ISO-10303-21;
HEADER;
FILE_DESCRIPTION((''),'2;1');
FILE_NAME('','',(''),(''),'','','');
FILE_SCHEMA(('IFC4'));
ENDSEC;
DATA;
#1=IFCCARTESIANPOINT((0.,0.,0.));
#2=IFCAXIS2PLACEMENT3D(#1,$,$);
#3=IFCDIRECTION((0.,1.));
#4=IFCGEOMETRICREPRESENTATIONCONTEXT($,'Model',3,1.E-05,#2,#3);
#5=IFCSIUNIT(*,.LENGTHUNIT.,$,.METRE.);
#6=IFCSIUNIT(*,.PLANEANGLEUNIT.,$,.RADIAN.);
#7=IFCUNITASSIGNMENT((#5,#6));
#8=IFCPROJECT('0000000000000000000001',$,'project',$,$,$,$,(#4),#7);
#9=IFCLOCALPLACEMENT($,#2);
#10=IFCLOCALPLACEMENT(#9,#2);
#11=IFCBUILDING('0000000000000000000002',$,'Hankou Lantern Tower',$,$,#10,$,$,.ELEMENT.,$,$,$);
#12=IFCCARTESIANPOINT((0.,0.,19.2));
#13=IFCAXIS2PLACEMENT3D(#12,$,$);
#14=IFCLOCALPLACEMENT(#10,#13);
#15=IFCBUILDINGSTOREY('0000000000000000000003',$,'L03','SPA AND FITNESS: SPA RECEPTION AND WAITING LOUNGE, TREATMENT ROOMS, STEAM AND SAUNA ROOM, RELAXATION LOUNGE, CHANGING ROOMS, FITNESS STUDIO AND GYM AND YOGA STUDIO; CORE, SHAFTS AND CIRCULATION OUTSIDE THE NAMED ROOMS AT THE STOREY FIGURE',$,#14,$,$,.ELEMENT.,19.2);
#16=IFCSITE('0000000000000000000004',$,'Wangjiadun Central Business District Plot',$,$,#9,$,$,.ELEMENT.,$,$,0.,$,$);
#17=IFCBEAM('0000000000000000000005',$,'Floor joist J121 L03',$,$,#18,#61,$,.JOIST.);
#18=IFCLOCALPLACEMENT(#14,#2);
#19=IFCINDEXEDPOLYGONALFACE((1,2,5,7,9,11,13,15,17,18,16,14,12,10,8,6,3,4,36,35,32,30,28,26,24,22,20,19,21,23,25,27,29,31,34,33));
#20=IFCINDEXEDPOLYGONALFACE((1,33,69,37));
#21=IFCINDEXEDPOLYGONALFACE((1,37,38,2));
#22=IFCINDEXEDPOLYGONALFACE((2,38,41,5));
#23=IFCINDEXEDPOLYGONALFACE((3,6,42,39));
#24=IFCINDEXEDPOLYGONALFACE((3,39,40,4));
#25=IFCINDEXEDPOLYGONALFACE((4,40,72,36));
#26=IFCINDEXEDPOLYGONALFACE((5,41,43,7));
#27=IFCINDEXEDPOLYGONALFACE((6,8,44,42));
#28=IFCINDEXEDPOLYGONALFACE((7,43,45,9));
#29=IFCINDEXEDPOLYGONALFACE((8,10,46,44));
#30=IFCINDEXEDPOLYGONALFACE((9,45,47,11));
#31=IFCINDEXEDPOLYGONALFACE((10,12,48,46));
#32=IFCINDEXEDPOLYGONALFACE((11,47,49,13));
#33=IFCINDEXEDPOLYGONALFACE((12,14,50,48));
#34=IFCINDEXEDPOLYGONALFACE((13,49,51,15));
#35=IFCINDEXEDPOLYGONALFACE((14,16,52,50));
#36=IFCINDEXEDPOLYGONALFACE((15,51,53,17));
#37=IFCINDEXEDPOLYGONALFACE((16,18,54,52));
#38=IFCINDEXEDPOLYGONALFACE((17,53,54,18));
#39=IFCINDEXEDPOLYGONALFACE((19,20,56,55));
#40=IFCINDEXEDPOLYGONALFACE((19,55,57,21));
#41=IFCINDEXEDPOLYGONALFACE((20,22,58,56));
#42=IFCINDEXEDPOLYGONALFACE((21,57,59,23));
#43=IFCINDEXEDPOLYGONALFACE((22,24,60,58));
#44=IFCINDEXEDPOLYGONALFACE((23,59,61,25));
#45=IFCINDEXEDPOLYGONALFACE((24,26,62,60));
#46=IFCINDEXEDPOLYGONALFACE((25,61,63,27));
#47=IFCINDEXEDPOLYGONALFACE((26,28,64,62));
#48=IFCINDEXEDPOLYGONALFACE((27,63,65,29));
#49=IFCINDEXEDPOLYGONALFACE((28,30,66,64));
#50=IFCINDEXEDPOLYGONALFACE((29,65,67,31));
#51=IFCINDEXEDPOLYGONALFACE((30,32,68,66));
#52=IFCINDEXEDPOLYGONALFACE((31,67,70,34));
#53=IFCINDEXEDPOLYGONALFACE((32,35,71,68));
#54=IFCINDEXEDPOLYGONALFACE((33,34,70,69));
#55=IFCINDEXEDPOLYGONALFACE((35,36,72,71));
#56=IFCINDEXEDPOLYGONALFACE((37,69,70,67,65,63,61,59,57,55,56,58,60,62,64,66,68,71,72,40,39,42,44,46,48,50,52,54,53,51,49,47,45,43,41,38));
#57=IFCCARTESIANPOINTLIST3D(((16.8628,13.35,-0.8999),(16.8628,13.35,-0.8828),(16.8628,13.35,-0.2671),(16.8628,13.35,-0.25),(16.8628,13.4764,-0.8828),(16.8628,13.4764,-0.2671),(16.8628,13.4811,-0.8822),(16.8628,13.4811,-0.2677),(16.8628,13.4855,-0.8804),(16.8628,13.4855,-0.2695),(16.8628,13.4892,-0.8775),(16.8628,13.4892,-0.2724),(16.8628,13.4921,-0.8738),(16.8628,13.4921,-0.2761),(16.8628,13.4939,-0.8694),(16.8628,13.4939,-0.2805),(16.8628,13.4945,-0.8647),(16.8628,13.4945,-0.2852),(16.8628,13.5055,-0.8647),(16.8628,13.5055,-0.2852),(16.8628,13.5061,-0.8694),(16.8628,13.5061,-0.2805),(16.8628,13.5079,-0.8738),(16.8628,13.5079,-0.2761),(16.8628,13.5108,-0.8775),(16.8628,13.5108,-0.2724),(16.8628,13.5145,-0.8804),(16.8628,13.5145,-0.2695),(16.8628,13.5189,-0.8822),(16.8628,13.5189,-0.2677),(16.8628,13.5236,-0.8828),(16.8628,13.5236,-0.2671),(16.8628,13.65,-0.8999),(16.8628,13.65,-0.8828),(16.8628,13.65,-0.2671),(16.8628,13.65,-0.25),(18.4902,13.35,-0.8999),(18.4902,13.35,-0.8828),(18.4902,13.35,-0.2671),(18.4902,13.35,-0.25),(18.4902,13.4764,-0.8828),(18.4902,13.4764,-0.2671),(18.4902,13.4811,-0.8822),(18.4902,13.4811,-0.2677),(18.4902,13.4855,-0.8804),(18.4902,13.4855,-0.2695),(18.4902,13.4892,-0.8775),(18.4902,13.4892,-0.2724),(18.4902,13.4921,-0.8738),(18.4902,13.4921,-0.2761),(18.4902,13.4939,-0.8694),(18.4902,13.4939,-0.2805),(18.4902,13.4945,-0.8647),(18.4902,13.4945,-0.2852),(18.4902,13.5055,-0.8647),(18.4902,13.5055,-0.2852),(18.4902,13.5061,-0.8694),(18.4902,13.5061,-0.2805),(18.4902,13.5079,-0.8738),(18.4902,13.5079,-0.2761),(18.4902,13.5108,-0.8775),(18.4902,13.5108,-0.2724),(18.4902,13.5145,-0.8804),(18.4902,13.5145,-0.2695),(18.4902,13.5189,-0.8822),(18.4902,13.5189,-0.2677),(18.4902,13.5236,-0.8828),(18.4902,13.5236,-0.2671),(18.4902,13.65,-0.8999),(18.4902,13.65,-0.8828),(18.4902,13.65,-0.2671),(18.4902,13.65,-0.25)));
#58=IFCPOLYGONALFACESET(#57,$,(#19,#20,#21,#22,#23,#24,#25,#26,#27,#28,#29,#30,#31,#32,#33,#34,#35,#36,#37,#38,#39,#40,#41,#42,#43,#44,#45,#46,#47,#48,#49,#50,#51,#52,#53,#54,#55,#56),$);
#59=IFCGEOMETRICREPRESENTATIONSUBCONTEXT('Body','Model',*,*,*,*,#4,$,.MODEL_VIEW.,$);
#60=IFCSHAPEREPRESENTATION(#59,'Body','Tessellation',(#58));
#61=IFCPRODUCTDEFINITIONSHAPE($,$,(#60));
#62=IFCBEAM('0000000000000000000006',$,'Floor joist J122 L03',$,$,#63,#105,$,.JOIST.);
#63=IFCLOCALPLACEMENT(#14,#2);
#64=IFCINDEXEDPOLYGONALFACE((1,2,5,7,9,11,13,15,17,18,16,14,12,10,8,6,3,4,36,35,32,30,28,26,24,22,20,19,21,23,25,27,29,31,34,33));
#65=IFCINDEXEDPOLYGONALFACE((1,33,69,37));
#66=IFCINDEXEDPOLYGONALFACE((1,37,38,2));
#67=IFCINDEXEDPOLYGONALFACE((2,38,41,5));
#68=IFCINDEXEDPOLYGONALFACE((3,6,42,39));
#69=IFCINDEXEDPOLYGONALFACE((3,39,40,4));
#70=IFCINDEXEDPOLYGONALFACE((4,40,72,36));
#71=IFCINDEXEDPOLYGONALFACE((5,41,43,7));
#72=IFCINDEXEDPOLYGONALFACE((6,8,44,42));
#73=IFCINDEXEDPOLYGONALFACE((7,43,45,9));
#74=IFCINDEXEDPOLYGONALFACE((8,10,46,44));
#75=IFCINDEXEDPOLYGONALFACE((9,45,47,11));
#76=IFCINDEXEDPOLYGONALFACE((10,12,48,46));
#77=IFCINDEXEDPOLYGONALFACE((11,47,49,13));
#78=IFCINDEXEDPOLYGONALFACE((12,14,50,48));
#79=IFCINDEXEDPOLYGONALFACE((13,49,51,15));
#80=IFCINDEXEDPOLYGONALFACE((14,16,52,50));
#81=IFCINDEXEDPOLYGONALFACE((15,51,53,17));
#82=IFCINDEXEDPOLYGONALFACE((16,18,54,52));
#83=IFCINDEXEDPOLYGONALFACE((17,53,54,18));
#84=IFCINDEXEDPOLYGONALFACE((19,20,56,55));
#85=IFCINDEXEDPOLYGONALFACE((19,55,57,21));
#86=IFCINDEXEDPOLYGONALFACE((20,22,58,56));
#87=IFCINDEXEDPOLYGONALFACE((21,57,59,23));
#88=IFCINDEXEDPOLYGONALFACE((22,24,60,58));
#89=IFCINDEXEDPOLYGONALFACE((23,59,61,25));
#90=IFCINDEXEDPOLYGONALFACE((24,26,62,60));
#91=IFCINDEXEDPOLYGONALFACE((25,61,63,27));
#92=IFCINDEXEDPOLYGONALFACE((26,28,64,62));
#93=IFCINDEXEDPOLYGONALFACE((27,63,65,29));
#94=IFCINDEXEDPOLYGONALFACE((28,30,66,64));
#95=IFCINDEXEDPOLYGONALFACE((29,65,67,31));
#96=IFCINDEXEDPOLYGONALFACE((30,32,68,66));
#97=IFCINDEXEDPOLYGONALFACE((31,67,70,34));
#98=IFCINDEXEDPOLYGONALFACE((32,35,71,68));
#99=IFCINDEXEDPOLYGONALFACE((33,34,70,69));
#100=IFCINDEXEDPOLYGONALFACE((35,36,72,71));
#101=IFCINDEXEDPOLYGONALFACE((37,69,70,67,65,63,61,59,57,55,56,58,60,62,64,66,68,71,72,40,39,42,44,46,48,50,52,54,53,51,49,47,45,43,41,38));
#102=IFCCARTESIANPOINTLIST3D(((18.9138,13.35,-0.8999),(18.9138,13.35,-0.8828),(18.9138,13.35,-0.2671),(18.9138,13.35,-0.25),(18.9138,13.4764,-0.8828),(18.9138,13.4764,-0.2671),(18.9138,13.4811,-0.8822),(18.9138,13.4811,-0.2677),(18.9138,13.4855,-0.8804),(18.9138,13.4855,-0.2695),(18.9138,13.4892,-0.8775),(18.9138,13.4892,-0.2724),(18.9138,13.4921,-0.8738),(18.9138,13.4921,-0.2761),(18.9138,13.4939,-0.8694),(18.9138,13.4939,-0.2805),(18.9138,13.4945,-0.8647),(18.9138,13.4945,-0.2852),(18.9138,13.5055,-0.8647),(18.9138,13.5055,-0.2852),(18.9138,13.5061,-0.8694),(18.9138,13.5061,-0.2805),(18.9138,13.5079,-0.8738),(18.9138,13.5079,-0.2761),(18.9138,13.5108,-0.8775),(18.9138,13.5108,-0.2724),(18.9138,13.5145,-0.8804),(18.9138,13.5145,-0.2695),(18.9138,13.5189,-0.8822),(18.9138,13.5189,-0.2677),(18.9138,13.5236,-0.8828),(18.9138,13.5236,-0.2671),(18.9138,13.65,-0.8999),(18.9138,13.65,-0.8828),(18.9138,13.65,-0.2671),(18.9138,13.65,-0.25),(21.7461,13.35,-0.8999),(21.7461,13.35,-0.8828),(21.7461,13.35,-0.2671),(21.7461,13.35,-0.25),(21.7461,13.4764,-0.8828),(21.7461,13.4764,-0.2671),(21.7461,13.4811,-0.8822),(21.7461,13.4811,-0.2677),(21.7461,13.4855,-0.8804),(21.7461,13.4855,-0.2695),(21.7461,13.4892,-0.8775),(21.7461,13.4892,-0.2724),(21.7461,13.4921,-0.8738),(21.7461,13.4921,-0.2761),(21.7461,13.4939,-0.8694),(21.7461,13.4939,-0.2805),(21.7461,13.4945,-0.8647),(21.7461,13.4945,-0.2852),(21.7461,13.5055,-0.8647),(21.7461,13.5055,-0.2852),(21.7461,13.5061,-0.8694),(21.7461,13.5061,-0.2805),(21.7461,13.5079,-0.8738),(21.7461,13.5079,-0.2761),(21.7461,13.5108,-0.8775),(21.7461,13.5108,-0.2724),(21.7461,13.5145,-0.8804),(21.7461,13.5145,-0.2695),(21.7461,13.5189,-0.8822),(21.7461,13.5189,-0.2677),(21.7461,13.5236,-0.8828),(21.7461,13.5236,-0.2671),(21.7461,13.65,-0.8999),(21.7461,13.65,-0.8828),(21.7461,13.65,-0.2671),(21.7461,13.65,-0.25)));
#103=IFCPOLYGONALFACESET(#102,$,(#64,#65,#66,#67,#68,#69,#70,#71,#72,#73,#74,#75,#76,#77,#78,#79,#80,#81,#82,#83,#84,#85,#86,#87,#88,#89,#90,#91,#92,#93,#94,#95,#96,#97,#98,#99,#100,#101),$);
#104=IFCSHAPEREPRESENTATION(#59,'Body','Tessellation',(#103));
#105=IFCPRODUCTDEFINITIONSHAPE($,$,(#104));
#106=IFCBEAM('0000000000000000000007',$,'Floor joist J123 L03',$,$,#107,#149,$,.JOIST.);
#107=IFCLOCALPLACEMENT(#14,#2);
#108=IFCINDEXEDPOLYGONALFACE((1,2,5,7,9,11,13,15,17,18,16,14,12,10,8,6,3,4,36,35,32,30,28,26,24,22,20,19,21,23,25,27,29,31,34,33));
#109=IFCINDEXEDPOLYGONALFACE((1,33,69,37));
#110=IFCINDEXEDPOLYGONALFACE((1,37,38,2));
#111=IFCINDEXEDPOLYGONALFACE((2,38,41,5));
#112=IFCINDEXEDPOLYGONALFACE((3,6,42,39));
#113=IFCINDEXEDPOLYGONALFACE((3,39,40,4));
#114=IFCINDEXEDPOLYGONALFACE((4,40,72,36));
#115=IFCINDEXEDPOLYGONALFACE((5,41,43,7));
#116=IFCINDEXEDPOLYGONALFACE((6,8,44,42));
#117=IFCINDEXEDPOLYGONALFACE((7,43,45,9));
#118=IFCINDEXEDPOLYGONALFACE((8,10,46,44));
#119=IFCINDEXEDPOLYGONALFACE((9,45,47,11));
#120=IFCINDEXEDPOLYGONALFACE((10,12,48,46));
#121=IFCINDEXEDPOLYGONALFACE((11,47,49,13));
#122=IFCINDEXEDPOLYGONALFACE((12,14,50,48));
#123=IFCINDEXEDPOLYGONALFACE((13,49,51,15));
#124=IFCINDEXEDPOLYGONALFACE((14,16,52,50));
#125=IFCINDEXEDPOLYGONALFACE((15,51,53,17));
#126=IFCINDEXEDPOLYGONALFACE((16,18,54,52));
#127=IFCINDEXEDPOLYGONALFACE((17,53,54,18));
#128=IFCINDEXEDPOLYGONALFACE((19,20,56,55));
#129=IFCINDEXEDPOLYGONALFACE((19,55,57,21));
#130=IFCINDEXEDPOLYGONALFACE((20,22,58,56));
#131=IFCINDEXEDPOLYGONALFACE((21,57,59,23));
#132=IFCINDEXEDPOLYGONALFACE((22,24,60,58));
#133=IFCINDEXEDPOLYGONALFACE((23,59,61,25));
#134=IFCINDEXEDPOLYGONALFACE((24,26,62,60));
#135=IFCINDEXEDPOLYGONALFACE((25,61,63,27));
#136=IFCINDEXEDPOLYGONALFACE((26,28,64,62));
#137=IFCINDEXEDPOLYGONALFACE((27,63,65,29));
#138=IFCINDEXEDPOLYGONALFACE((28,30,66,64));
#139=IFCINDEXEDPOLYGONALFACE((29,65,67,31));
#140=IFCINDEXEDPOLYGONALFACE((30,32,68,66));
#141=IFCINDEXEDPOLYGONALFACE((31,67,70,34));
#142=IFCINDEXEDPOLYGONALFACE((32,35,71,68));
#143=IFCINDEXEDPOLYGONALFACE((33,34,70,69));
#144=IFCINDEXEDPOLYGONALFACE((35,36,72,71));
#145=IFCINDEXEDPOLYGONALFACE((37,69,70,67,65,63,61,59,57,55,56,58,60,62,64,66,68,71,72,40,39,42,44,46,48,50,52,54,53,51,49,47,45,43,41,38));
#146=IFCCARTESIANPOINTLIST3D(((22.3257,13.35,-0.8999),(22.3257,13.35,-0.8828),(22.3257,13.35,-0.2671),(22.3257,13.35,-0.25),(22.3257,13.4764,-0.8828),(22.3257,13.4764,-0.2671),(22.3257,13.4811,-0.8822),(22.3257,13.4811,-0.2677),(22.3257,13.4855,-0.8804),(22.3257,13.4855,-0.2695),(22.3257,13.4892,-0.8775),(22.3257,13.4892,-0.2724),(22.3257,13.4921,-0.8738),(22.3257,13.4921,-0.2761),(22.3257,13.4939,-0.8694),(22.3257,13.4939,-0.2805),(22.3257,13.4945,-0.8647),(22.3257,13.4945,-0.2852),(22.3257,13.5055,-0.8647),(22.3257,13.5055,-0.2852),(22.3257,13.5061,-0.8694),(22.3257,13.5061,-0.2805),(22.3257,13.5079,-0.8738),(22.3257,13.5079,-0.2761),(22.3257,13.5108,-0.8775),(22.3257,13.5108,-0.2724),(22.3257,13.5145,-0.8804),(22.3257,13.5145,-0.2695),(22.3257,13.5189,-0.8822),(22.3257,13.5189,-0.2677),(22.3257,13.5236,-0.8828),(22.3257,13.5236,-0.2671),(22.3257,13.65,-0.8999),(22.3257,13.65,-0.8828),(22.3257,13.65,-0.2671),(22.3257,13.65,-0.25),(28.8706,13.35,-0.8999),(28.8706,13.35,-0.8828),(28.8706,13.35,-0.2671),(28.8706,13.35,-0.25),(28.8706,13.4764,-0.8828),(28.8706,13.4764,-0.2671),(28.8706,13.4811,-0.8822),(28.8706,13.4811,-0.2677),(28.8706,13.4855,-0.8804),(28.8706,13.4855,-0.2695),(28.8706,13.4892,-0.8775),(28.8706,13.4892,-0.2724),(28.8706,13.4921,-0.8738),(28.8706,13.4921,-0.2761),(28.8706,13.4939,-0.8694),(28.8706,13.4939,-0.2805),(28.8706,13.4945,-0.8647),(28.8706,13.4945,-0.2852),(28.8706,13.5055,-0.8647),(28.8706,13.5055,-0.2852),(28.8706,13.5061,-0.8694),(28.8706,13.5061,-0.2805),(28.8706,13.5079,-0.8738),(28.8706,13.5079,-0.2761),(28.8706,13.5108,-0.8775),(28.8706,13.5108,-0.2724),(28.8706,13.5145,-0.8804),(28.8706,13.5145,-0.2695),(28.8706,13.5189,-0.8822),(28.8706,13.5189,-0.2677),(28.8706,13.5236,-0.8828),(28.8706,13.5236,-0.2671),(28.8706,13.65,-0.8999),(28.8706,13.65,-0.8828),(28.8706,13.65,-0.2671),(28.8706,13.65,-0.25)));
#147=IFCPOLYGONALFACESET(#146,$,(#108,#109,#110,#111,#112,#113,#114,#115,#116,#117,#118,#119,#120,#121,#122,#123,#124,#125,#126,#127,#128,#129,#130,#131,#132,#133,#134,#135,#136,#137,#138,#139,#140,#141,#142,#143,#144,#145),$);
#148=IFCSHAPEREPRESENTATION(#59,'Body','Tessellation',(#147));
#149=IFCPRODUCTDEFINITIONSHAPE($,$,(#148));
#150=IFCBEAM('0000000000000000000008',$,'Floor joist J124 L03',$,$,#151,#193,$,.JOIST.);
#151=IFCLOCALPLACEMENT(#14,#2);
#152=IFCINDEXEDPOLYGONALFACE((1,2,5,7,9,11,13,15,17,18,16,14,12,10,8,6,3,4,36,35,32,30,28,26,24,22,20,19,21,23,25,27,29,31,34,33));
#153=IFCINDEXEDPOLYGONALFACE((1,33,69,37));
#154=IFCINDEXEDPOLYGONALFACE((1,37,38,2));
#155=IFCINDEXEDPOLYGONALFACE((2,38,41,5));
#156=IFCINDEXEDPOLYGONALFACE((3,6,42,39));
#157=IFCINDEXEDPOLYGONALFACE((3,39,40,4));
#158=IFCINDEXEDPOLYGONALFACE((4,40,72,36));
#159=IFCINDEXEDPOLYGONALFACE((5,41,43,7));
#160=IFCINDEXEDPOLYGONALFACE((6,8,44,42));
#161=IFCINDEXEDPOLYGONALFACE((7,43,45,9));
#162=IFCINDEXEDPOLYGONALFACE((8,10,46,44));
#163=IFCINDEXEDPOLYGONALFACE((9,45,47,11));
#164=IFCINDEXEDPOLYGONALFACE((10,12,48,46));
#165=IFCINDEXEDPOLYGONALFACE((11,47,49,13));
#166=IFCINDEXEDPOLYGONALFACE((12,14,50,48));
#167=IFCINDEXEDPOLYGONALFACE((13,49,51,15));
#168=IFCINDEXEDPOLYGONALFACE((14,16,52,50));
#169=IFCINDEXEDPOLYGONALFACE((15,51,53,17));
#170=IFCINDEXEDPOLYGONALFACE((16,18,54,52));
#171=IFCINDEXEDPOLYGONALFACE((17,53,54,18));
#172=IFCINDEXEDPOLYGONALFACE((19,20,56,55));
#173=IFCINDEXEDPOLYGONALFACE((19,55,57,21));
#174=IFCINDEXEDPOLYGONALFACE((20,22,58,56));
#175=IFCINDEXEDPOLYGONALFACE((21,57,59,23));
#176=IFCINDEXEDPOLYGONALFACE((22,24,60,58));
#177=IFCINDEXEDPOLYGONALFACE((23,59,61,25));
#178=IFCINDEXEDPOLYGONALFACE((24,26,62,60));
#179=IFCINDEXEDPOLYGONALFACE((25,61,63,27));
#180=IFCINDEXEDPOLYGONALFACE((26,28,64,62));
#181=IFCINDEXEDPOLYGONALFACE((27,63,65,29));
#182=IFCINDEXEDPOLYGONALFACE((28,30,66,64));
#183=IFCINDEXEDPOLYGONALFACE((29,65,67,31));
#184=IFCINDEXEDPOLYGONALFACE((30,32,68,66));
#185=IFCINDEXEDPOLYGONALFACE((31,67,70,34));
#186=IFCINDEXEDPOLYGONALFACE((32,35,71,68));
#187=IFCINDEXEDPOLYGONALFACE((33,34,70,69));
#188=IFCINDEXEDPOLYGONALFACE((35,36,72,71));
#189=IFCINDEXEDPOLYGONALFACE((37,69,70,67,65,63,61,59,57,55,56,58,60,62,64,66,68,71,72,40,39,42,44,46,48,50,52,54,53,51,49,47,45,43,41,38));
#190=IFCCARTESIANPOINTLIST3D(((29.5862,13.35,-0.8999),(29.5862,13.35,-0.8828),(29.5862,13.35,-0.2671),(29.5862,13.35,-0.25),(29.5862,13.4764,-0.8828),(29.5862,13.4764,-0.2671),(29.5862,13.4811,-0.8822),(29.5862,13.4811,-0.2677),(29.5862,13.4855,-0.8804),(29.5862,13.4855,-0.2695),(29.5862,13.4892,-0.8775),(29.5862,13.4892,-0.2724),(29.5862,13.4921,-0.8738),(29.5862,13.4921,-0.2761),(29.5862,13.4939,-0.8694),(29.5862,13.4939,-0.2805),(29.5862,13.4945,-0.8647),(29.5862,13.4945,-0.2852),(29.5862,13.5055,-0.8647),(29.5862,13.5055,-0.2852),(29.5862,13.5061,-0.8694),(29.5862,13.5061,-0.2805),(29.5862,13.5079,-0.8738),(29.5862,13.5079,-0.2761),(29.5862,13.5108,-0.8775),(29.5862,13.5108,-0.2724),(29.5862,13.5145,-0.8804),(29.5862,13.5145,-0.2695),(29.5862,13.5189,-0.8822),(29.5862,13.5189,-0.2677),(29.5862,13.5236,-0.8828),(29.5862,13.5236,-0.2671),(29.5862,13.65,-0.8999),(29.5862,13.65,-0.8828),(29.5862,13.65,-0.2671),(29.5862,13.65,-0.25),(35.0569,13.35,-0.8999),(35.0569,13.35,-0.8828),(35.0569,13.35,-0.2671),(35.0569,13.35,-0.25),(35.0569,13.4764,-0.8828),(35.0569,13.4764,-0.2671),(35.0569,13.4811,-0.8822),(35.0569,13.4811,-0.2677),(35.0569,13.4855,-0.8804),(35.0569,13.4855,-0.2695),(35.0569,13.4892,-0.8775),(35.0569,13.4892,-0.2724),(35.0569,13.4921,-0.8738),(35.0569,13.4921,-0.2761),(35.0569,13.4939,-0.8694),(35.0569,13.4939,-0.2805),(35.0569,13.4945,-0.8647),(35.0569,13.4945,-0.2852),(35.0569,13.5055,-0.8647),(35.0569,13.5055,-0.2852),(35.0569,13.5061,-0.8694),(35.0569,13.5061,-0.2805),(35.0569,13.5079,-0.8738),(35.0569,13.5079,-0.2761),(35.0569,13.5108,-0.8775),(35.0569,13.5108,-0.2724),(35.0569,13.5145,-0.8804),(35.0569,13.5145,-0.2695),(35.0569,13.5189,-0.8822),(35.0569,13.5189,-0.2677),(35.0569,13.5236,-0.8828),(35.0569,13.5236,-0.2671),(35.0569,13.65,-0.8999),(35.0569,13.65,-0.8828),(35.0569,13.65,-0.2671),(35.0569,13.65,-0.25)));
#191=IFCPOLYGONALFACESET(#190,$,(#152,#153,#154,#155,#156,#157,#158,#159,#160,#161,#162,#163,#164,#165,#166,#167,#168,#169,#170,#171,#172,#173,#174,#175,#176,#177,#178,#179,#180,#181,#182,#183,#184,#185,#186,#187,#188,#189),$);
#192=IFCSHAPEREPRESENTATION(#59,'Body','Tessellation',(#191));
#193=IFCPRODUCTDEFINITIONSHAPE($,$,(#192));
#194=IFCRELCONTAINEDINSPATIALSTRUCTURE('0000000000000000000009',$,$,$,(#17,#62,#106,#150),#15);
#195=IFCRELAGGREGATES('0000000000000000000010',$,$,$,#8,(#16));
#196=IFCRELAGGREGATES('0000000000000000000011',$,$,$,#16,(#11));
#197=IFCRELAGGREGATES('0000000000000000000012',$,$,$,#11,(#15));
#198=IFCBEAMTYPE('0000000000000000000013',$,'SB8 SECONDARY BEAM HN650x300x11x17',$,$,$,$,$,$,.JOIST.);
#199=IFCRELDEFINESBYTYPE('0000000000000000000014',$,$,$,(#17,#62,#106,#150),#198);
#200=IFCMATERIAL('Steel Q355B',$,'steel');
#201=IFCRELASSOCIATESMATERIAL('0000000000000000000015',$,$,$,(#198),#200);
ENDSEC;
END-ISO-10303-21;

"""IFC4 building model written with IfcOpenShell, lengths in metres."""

from ifc_helpers import new_model, si_unit, direction, frame, origin, origin_2d, place, context, subcontext, project, spatial, i_section, extrude, material, material_profile, profile_set, type_object, element, save


model = new_model("IFC4")

# Units and contexts
model_context = context("Model", 3, precision=1e-05, world=origin(), true_north=direction((0.0, 1.0)))
body_context = subcontext(model_context, "Body", "Model", "MODEL_VIEW")
ifc_project = project(units=[si_unit("LENGTHUNIT", "METRE"), si_unit("PLANEANGLEUNIT", "RADIAN")], contexts=[model_context])

# Site, building, storey
site_placement = place(None, origin())
site = spatial("IfcSite", under=ifc_project, at=site_placement, Name="Wangjiadun Central Business District Plot", CompositionType="ELEMENT", RefElevation=0.0)
building_placement = place(site_placement, origin())
building = spatial("IfcBuilding", under=site, at=building_placement, Name="Hankou Lantern Tower", CompositionType="ELEMENT")
storey_placement = place(building_placement, frame((0.0, 0.0, 19.2)))
storey = spatial("IfcBuildingStorey", under=building, at=storey_placement, Name="L03", Description="SPA AND FITNESS: SPA RECEPTION AND WAITING LOUNGE, TREATMENT ROOMS, STEAM AND SAUNA ROOM, RELAXATION LOUNGE, CHANGING ROOMS, FITNESS STUDIO AND GYM AND YOGA STUDIO; CORE, SHAFTS AND CIRCULATION OUTSIDE THE NAMED ROOMS AT THE STOREY FIGURE", CompositionType="ELEMENT", Elevation=19.2)

# Beams
ifc_material_1 = material(Name="Steel Q355B", Category="steel")
ifc_material_profile_1 = material_profile(ifc_material_1, i_section(OverallWidth=0.3, OverallDepth=0.6499, WebThickness=0.011, FlangeThickness=0.0171, FilletRadius=0.0181, at=origin_2d()), Name="HN650x300x11x17")
ifc_profile_set_1 = profile_set([ifc_material_profile_1], Name="Steel Q355B")
beam_type_1 = type_object("IfcBeamType", Name="SB8 SECONDARY BEAM HN650x300x11x17", PredefinedType="JOIST", material=ifc_profile_set_1)
beam_1_placement = place(storey_placement, frame((16.8628, 13.5, -0.575), z_axis=(1.0, 0.0, 0.0), x_axis=(0.0, 1.0, 0.0)))
element("IfcBeam", 1, at=beam_1_placement, inside=storey, type_object=beam_type_1, Name="Floor joist J121 L03", PredefinedType="JOIST", context=body_context, shape_type="SweptSolid", body=[
    extrude(i_section(OverallWidth=0.3, OverallDepth=0.6499, WebThickness=0.011, FlangeThickness=0.0171, FilletRadius=0.0181, at=origin_2d()), origin(), (0.0, 0.0, 1.0), 1.6274),
])
beam_2_placement = place(storey_placement, frame((18.9138, 13.5, -0.575), z_axis=(1.0, 0.0, 0.0), x_axis=(0.0, 1.0, 0.0)))
element("IfcBeam", 2, at=beam_2_placement, inside=storey, type_object=beam_type_1, Name="Floor joist J122 L03", PredefinedType="JOIST", context=body_context, shape_type="SweptSolid", body=[
    extrude(i_section(OverallWidth=0.3, OverallDepth=0.6499, WebThickness=0.011, FlangeThickness=0.0171, FilletRadius=0.0181, at=origin_2d()), origin(), (0.0, 0.0, 1.0), 2.8323),
])
beam_3_placement = place(storey_placement, frame((22.3257, 13.5, -0.575), z_axis=(1.0, 0.0, 0.0), x_axis=(0.0, 1.0, 0.0)))
element("IfcBeam", 3, at=beam_3_placement, inside=storey, type_object=beam_type_1, Name="Floor joist J123 L03", PredefinedType="JOIST", context=body_context, shape_type="SweptSolid", body=[
    extrude(i_section(OverallWidth=0.3, OverallDepth=0.6499, WebThickness=0.011, FlangeThickness=0.0171, FilletRadius=0.0181, at=origin_2d()), origin(), (0.0, 0.0, 1.0), 6.5449),
])
beam_4_placement = place(storey_placement, frame((29.5862, 13.5, -0.575), z_axis=(1.0, 0.0, 0.0), x_axis=(0.0, 1.0, 0.0)))
element("IfcBeam", 4, at=beam_4_placement, inside=storey, type_object=beam_type_1, Name="Floor joist J124 L03", PredefinedType="JOIST", context=body_context, shape_type="SweptSolid", body=[
    extrude(i_section(OverallWidth=0.3, OverallDepth=0.6499, WebThickness=0.011, FlangeThickness=0.0171, FilletRadius=0.0181, at=origin_2d()), origin(), (0.0, 0.0, 1.0), 5.4707),
])

save(model, "model.ifc")
